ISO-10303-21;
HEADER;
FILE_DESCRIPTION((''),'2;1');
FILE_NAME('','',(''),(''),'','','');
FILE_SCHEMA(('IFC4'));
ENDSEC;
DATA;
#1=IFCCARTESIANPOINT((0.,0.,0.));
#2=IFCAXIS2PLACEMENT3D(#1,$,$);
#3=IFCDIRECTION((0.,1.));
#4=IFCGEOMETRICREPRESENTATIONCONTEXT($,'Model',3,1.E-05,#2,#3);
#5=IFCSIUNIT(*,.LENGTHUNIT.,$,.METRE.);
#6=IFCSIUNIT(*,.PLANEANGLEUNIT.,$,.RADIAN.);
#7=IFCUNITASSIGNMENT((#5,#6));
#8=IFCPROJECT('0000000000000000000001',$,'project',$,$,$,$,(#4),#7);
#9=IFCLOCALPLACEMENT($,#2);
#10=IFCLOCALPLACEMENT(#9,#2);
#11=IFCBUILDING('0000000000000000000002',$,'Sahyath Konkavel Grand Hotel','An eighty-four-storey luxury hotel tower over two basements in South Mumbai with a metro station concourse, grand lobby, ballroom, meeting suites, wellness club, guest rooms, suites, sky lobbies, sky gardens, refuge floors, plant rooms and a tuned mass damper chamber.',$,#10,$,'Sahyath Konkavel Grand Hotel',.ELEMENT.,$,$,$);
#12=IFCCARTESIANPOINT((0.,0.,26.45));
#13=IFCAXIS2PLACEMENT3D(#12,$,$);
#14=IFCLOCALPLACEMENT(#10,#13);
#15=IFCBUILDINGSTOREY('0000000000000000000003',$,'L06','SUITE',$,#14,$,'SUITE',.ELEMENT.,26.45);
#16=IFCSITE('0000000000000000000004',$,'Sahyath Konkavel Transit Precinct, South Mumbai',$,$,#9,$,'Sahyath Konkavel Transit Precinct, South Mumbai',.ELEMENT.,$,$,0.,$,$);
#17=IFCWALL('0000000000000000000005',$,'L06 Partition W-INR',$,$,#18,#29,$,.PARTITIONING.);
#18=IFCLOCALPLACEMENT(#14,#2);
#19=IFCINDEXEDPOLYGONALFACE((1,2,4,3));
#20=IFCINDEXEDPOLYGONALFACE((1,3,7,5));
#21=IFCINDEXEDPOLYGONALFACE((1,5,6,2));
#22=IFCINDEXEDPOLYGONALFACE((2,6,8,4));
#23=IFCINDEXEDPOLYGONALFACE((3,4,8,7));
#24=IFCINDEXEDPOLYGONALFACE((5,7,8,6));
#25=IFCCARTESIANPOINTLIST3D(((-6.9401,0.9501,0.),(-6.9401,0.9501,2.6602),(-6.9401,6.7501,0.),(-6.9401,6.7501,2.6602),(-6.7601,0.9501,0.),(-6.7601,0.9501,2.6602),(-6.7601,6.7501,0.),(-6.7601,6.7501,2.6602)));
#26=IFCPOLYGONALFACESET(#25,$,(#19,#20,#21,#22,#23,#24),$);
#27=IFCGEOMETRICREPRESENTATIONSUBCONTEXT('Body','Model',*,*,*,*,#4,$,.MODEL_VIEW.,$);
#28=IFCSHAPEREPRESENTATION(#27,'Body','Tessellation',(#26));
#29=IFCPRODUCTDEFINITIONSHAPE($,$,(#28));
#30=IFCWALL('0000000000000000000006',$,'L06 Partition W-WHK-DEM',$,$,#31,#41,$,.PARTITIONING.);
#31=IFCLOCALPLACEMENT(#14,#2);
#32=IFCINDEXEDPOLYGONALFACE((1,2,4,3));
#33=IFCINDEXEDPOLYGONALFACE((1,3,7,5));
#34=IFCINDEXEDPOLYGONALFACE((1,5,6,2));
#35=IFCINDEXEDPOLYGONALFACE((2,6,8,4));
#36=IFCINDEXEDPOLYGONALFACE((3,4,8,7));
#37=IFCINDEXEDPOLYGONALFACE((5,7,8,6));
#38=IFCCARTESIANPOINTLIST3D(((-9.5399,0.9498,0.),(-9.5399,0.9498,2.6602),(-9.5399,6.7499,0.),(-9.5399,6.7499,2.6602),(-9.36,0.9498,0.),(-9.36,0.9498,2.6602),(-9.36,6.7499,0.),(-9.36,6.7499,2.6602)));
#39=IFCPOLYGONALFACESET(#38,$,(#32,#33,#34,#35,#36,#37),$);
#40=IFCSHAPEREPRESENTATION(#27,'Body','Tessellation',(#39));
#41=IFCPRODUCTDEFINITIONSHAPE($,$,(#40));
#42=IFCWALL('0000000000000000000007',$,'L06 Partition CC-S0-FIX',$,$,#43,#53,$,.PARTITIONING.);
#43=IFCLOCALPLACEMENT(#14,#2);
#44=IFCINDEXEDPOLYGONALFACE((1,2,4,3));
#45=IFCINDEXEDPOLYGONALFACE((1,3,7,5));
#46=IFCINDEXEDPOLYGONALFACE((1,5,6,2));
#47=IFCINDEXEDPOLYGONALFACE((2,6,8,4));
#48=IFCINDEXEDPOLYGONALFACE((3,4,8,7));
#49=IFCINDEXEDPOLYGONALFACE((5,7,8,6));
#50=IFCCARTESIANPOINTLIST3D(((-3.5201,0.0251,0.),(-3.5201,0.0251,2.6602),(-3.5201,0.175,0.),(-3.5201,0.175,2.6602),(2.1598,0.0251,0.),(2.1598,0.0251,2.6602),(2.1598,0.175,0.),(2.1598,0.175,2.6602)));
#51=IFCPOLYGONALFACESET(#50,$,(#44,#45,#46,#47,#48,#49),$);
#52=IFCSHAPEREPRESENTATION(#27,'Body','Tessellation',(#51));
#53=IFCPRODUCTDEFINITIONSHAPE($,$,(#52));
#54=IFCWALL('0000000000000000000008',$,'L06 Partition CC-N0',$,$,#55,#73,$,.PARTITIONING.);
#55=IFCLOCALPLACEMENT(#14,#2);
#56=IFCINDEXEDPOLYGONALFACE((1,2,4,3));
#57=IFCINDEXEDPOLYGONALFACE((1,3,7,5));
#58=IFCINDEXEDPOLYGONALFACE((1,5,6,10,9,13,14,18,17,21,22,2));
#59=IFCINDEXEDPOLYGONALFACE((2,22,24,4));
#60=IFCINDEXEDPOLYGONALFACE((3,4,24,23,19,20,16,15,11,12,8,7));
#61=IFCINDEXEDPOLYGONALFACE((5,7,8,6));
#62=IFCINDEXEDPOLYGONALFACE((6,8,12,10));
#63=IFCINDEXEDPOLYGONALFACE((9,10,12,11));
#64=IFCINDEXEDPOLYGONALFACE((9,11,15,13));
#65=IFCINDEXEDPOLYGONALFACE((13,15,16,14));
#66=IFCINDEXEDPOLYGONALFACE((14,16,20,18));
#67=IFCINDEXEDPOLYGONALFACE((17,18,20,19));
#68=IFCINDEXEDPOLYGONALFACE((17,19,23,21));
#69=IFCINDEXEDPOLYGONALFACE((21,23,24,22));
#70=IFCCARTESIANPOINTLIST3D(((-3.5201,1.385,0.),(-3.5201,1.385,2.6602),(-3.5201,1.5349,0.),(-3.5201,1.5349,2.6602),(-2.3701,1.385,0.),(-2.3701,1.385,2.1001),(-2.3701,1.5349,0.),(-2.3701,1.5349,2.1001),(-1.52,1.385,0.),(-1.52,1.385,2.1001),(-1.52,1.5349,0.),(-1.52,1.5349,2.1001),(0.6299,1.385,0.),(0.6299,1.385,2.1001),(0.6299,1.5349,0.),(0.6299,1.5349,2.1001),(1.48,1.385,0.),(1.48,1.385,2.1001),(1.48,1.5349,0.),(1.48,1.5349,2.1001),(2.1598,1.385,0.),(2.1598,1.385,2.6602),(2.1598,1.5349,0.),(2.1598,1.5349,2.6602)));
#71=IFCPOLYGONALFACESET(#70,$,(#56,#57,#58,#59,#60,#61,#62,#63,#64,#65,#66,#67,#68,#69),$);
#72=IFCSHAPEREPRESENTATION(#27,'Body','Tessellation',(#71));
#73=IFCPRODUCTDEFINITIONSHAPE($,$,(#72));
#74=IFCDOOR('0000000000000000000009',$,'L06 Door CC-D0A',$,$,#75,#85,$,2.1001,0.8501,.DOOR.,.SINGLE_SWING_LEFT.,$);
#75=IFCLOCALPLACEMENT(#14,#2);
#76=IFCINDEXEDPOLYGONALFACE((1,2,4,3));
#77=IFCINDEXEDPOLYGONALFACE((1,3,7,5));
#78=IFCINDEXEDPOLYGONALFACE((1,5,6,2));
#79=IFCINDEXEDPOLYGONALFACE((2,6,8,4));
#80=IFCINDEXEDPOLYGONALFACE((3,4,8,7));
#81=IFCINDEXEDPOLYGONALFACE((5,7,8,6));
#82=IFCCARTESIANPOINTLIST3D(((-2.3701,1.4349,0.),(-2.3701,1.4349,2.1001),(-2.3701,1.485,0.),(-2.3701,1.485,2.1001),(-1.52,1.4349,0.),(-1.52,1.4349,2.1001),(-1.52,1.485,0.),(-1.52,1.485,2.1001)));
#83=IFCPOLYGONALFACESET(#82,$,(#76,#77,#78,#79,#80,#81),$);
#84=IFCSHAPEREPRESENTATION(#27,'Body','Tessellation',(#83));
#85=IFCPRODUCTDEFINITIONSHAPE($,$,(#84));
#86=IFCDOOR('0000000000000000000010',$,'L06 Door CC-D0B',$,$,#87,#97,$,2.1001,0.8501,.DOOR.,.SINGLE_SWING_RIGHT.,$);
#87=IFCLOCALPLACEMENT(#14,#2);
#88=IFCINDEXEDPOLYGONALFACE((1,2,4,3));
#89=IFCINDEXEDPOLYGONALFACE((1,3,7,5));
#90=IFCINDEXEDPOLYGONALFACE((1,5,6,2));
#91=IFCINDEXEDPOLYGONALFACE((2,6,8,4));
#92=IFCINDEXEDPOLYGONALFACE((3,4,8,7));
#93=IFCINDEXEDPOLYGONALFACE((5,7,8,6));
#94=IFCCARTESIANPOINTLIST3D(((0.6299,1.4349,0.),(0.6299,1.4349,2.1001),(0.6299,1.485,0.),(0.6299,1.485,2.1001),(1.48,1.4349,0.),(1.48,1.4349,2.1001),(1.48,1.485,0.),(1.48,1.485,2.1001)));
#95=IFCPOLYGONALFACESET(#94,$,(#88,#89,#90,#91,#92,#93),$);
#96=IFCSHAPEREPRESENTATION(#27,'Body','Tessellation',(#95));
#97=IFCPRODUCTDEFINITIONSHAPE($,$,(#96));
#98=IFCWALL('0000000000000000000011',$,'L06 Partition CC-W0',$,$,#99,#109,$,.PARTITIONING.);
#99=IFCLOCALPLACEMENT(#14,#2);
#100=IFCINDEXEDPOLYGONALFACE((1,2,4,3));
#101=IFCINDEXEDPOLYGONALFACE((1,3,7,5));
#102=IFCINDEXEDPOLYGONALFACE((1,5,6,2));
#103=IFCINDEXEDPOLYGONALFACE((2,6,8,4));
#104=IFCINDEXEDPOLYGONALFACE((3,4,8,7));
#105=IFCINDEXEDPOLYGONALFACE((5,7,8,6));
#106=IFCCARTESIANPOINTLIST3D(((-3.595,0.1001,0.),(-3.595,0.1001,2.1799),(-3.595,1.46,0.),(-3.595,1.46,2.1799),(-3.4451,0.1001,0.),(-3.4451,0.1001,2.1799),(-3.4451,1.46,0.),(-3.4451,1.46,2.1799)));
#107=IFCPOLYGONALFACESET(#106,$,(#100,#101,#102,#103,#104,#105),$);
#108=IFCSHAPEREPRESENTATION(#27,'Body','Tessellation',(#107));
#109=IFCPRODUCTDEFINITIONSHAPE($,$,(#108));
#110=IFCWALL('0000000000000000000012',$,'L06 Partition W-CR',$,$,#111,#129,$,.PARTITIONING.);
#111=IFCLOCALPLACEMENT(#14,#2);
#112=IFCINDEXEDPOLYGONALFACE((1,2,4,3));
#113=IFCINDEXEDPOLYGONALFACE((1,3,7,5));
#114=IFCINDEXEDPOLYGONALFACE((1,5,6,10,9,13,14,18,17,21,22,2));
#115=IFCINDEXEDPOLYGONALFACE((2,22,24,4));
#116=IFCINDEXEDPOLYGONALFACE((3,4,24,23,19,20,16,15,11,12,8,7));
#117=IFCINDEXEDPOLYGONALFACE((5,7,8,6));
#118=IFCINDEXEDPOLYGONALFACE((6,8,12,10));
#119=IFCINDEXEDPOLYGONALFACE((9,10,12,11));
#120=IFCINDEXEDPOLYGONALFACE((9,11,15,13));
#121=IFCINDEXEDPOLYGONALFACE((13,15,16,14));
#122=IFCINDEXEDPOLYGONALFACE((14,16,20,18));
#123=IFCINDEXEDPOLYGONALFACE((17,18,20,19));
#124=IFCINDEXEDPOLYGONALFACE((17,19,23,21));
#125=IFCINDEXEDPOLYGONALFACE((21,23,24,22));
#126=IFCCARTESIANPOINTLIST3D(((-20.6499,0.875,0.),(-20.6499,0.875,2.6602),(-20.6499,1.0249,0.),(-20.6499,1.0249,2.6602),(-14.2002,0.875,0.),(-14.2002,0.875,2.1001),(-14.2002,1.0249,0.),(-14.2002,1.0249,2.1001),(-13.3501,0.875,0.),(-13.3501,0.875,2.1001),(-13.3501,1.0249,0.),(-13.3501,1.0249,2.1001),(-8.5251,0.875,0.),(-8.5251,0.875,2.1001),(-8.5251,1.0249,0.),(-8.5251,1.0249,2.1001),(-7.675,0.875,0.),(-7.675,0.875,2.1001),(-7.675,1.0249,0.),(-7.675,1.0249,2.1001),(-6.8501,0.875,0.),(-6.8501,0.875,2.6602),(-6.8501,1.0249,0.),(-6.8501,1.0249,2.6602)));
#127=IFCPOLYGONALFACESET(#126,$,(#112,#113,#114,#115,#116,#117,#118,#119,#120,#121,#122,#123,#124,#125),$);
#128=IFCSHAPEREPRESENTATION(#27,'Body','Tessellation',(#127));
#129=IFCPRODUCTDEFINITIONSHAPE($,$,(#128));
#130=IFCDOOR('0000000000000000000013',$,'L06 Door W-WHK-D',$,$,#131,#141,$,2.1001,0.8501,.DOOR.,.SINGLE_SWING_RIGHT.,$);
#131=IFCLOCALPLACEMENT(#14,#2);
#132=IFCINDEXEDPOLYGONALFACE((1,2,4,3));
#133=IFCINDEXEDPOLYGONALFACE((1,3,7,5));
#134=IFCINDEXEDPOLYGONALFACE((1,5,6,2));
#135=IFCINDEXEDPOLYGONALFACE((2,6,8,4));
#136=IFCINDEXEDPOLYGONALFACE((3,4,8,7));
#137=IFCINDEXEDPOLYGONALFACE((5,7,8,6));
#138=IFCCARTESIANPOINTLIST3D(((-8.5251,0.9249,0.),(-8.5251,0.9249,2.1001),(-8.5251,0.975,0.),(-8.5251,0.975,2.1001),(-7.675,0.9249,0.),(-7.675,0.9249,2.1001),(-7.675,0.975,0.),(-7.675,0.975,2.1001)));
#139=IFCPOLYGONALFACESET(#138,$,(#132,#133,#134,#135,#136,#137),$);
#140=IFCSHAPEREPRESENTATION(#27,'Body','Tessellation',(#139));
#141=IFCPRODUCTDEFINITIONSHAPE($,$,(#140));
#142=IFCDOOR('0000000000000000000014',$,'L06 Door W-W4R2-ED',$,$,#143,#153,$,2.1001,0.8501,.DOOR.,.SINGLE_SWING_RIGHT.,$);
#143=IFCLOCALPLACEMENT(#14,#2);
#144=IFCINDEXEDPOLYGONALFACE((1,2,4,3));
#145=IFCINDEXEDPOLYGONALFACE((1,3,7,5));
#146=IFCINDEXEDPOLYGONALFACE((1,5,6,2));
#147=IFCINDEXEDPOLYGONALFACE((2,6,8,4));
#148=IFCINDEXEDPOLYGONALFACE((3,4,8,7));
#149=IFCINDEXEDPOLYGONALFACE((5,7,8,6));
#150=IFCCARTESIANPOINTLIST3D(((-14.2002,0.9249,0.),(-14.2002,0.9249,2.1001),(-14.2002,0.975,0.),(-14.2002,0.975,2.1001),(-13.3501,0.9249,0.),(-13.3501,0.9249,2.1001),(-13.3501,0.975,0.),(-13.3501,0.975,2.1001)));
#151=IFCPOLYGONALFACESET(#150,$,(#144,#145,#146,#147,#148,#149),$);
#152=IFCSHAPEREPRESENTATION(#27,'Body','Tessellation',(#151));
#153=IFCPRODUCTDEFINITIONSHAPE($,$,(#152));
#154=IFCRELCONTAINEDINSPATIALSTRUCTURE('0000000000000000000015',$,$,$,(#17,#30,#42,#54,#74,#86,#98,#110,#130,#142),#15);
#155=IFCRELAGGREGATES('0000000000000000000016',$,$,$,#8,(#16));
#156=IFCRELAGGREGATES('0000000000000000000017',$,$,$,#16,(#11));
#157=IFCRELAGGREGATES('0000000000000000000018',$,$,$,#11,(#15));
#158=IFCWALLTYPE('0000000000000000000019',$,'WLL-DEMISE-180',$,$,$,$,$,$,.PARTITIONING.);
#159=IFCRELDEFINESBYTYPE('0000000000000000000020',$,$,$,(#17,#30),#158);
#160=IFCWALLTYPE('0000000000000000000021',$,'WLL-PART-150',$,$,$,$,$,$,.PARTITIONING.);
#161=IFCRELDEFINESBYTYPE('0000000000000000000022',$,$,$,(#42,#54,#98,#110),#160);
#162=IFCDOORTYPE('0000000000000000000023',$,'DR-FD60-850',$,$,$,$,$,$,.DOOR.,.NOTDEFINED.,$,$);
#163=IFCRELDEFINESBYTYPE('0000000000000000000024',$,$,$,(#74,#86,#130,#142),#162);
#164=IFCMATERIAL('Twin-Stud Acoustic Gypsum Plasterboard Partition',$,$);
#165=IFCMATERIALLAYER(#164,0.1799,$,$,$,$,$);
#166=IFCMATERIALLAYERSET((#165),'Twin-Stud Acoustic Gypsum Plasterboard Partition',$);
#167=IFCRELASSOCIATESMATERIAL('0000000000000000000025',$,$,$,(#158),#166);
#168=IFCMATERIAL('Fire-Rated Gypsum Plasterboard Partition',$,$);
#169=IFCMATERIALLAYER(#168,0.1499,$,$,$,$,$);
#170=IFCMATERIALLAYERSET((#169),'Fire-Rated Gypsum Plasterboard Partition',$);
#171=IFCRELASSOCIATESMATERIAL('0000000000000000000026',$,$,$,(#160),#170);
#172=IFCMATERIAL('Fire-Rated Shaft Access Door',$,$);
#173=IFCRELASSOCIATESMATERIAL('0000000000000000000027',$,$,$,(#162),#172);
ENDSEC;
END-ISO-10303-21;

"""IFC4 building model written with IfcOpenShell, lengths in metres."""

from ifc_helpers import new_model, si_unit, direction, frame, frame_2d, origin, origin_2d, place, context, subcontext, project, spatial, rectangle, extrude, source, transform, mapped, material, layer, layer_set, type_object, element, fill, save


model = new_model("IFC4")

# Units and contexts
model_context = context("Model", 3, precision=1e-05, world=origin(), true_north=direction((0.0, 1.0)))
body_context = subcontext(model_context, "Body", "Model", "MODEL_VIEW")
ifc_project = project(units=[si_unit("LENGTHUNIT", "METRE"), si_unit("PLANEANGLEUNIT", "RADIAN")], contexts=[model_context])

# Site, building, storey
site_placement = place(None, origin())
site = spatial("IfcSite", under=ifc_project, at=site_placement, Name="Sahyath Konkavel Transit Precinct, South Mumbai", LongName="Sahyath Konkavel Transit Precinct, South Mumbai", CompositionType="ELEMENT", RefElevation=0.0)
building_placement = place(site_placement, origin())
building = spatial("IfcBuilding", under=site, at=building_placement, Name="Sahyath Konkavel Grand Hotel", Description="An eighty-four-storey luxury hotel tower over two basements in South Mumbai with a metro station concourse, grand lobby, ballroom, meeting suites, wellness club, guest rooms, suites, sky lobbies, sky gardens, refuge floors, plant rooms and a tuned mass damper chamber.", LongName="Sahyath Konkavel Grand Hotel", CompositionType="ELEMENT")
storey_placement = place(building_placement, frame((0.0, 0.0, 26.45)))
storey = spatial("IfcBuildingStorey", under=building, at=storey_placement, Name="L06", Description="SUITE", LongName="SUITE", CompositionType="ELEMENT", Elevation=26.45)

# Walls
ifc_material_1 = material(Name="Twin-Stud Acoustic Gypsum Plasterboard Partition")
ifc_layer_1 = layer(ifc_material_1, 0.1799)
ifc_layer_set_1 = layer_set([ifc_layer_1], Name="Twin-Stud Acoustic Gypsum Plasterboard Partition")
wall_type_1 = type_object("IfcWallType", Name="WLL-DEMISE-180", PredefinedType="PARTITIONING", material=ifc_layer_set_1)
for number, where, z_axis, x_axis, name in (
    (1, (-6.8501, 6.75, 0.0), (0.0, 0.0, 1.0), (0.0, -1.0, 0.0), "L06 Partition W-INR"),
    (2, (-9.45, 0.95, 0.0), (0.0, 0.0, 1.0), (0.0, 1.0, 0.0), "L06 Partition W-WHK-DEM"),
):
    element("IfcWall", number, at=place(storey_placement, frame(where, z_axis=z_axis, x_axis=x_axis)), inside=storey, type_object=wall_type_1, Name=name, PredefinedType="PARTITIONING", context=body_context, shape_type="SweptSolid", body=[
        extrude(rectangle(XDim=5.8, YDim=0.1799, at=frame_2d((2.8999, 0.0))), origin(), (0.0, 0.0, 1.0), 2.6602),
    ])
ifc_material_2 = material(Name="Fire-Rated Gypsum Plasterboard Partition")
ifc_layer_2 = layer(ifc_material_2, 0.1499)
ifc_layer_set_2 = layer_set([ifc_layer_2], Name="Fire-Rated Gypsum Plasterboard Partition")
wall_type_2 = type_object("IfcWallType", Name="WLL-PART-150", PredefinedType="PARTITIONING", material=ifc_layer_set_2)
wall_1_placement = place(storey_placement, frame((-3.52, 0.1001, 0.0), z_axis=(0.0, 0.0, 1.0), x_axis=(1.0, 0.0, 0.0)))
element("IfcWall", 3, at=wall_1_placement, inside=storey, type_object=wall_type_2, Name="L06 Partition CC-S0-FIX", PredefinedType="PARTITIONING", context=body_context, shape_type="SweptSolid", body=[
    extrude(rectangle(XDim=5.6799, YDim=0.1499, at=frame_2d((2.8398, 0.0))), origin(), (0.0, 0.0, 1.0), 2.6602),
])

# Wall, openings, doors
wall_2_placement = place(storey_placement, frame((-3.52, 1.46, 0.0), z_axis=(0.0, 0.0, 1.0), x_axis=(1.0, 0.0, 0.0)))
wall_2 = element("IfcWall", 4, at=wall_2_placement, inside=storey, type_object=wall_type_2, Name="L06 Partition CC-N0", PredefinedType="PARTITIONING", context=body_context, shape_type="SweptSolid", body=[
    extrude(rectangle(XDim=5.6799, YDim=0.1499, at=frame_2d((2.8398, 0.0))), origin(), (0.0, 0.0, 1.0), 2.6602),
])
opening_1_placement = place(wall_2_placement, frame((1.1499, 0.0, 0.0)))
opening_1 = element("IfcOpeningElement", 5, at=opening_1_placement, cuts=wall_2, PredefinedType="OPENING", context=body_context, shape_type="SweptSolid", body=[
    extrude(rectangle(XDim=0.8501, YDim=2.1001, at=frame_2d((0.425, 1.05))), frame((0.0, 0.085, 0.0), z_axis=(0.0, -1.0, 0.0), x_axis=(1.0, 0.0, 0.0)), (0.0, 0.0, 1.0), 0.1699),
])
opening_2_placement = place(wall_2_placement, frame((4.1499, 0.0, 0.0)))
opening_2 = element("IfcOpeningElement", 6, at=opening_2_placement, cuts=wall_2, PredefinedType="OPENING", context=body_context, shape_type="SweptSolid", body=[
    extrude(rectangle(XDim=0.8501, YDim=2.1001, at=frame_2d((0.425, 1.05))), frame((0.0, 0.085, 0.0), z_axis=(0.0, -1.0, 0.0), x_axis=(1.0, 0.0, 0.0)), (0.0, 0.0, 1.0), 0.1699),
])
ifc_material_3 = material(Name="Fire-Rated Shaft Access Door")
door_type = type_object("IfcDoorType", Name="DR-FD60-850", OperationType="NOTDEFINED", PredefinedType="DOOR", material=ifc_material_3)
shared_shape_1 = source(origin(), body_context, "Body", "SweptSolid", [
    extrude(rectangle(XDim=0.8501, YDim=0.05, at=origin_2d()), origin(), (0.0, 0.0, 1.0), 2.1001),
])
door_1_placement = place(opening_1_placement, frame((0.425, 0.0, 0.0)))
door_1 = element("IfcDoor", 7, at=door_1_placement, inside=storey, type_object=door_type, Name="L06 Door CC-D0A", OperationType="SINGLE_SWING_LEFT", OverallHeight=2.1001, OverallWidth=0.8501, PredefinedType="DOOR", context=body_context, shape_type="MappedRepresentation", body=[
    mapped(shared_shape_1, transform((0.0, 0.0, 0.0), scale=1.0)),
])
fill(opening_1, door_1)
door_2_placement = place(opening_2_placement, frame((0.425, 0.0, 0.0)))
door_2 = element("IfcDoor", 8, at=door_2_placement, inside=storey, type_object=door_type, Name="L06 Door CC-D0B", OperationType="SINGLE_SWING_RIGHT", OverallHeight=2.1001, OverallWidth=0.8501, PredefinedType="DOOR", context=body_context, shape_type="MappedRepresentation", body=[
    mapped(shared_shape_1, transform((0.0, 0.0, 0.0), scale=1.0)),
])
fill(opening_2, door_2)

# Wall
wall_3_placement = place(storey_placement, frame((-3.52, 0.1001, 0.0), z_axis=(0.0, 0.0, 1.0), x_axis=(0.0, 1.0, 0.0)))
element("IfcWall", 9, at=wall_3_placement, inside=storey, type_object=wall_type_2, Name="L06 Partition CC-W0", PredefinedType="PARTITIONING", context=body_context, shape_type="SweptSolid", body=[
    extrude(rectangle(XDim=1.3599, YDim=0.1499, at=frame_2d((0.6799, 0.0))), origin(), (0.0, 0.0, 1.0), 2.1799),
])

# Wall, openings, doors
wall_4_placement = place(storey_placement, frame((-6.8501, 0.95, 0.0), z_axis=(0.0, 0.0, 1.0), x_axis=(-1.0, 0.0, 0.0)))
wall_4 = element("IfcWall", 10, at=wall_4_placement, inside=storey, type_object=wall_type_2, Name="L06 Partition W-CR", PredefinedType="PARTITIONING", context=body_context, shape_type="SweptSolid", body=[
    extrude(rectangle(XDim=13.7998, YDim=0.1499, at=frame_2d((6.8999, 0.0))), origin(), (0.0, 0.0, 1.0), 2.6602),
])
opening_3_placement = place(wall_4_placement, frame((0.825, 0.0, 0.0)))
opening_3 = element("IfcOpeningElement", 11, at=opening_3_placement, cuts=wall_4, PredefinedType="OPENING", context=body_context, shape_type="SweptSolid", body=[
    extrude(rectangle(XDim=0.8501, YDim=2.1001, at=frame_2d((0.425, 1.05))), frame((0.0, 0.085, 0.0), z_axis=(0.0, -1.0, 0.0), x_axis=(1.0, 0.0, 0.0)), (0.0, 0.0, 1.0), 0.1699),
])
opening_4_placement = place(wall_4_placement, frame((6.5, 0.0, 0.0)))
opening_4 = element("IfcOpeningElement", 12, at=opening_4_placement, cuts=wall_4, PredefinedType="OPENING", context=body_context, shape_type="SweptSolid", body=[
    extrude(rectangle(XDim=0.8501, YDim=2.1001, at=frame_2d((0.425, 1.05))), frame((0.0, 0.085, 0.0), z_axis=(0.0, -1.0, 0.0), x_axis=(1.0, 0.0, 0.0)), (0.0, 0.0, 1.0), 0.1699),
])
door_3_placement = place(opening_3_placement, frame((0.425, 0.0, 0.0)))
door_3 = element("IfcDoor", 13, at=door_3_placement, inside=storey, type_object=door_type, Name="L06 Door W-WHK-D", OperationType="SINGLE_SWING_RIGHT", OverallHeight=2.1001, OverallWidth=0.8501, PredefinedType="DOOR", context=body_context, shape_type="MappedRepresentation", body=[
    mapped(shared_shape_1, transform((0.0, 0.0, 0.0), scale=1.0)),
])
fill(opening_3, door_3)
door_4_placement = place(opening_4_placement, frame((0.425, 0.0, 0.0)))
door_4 = element("IfcDoor", 14, at=door_4_placement, inside=storey, type_object=door_type, Name="L06 Door W-W4R2-ED", OperationType="SINGLE_SWING_RIGHT", OverallHeight=2.1001, OverallWidth=0.8501, PredefinedType="DOOR", context=body_context, shape_type="MappedRepresentation", body=[
    mapped(shared_shape_1, transform((0.0, 0.0, 0.0), scale=1.0)),
])
fill(opening_4, door_4)

save(model, "model.ifc")
